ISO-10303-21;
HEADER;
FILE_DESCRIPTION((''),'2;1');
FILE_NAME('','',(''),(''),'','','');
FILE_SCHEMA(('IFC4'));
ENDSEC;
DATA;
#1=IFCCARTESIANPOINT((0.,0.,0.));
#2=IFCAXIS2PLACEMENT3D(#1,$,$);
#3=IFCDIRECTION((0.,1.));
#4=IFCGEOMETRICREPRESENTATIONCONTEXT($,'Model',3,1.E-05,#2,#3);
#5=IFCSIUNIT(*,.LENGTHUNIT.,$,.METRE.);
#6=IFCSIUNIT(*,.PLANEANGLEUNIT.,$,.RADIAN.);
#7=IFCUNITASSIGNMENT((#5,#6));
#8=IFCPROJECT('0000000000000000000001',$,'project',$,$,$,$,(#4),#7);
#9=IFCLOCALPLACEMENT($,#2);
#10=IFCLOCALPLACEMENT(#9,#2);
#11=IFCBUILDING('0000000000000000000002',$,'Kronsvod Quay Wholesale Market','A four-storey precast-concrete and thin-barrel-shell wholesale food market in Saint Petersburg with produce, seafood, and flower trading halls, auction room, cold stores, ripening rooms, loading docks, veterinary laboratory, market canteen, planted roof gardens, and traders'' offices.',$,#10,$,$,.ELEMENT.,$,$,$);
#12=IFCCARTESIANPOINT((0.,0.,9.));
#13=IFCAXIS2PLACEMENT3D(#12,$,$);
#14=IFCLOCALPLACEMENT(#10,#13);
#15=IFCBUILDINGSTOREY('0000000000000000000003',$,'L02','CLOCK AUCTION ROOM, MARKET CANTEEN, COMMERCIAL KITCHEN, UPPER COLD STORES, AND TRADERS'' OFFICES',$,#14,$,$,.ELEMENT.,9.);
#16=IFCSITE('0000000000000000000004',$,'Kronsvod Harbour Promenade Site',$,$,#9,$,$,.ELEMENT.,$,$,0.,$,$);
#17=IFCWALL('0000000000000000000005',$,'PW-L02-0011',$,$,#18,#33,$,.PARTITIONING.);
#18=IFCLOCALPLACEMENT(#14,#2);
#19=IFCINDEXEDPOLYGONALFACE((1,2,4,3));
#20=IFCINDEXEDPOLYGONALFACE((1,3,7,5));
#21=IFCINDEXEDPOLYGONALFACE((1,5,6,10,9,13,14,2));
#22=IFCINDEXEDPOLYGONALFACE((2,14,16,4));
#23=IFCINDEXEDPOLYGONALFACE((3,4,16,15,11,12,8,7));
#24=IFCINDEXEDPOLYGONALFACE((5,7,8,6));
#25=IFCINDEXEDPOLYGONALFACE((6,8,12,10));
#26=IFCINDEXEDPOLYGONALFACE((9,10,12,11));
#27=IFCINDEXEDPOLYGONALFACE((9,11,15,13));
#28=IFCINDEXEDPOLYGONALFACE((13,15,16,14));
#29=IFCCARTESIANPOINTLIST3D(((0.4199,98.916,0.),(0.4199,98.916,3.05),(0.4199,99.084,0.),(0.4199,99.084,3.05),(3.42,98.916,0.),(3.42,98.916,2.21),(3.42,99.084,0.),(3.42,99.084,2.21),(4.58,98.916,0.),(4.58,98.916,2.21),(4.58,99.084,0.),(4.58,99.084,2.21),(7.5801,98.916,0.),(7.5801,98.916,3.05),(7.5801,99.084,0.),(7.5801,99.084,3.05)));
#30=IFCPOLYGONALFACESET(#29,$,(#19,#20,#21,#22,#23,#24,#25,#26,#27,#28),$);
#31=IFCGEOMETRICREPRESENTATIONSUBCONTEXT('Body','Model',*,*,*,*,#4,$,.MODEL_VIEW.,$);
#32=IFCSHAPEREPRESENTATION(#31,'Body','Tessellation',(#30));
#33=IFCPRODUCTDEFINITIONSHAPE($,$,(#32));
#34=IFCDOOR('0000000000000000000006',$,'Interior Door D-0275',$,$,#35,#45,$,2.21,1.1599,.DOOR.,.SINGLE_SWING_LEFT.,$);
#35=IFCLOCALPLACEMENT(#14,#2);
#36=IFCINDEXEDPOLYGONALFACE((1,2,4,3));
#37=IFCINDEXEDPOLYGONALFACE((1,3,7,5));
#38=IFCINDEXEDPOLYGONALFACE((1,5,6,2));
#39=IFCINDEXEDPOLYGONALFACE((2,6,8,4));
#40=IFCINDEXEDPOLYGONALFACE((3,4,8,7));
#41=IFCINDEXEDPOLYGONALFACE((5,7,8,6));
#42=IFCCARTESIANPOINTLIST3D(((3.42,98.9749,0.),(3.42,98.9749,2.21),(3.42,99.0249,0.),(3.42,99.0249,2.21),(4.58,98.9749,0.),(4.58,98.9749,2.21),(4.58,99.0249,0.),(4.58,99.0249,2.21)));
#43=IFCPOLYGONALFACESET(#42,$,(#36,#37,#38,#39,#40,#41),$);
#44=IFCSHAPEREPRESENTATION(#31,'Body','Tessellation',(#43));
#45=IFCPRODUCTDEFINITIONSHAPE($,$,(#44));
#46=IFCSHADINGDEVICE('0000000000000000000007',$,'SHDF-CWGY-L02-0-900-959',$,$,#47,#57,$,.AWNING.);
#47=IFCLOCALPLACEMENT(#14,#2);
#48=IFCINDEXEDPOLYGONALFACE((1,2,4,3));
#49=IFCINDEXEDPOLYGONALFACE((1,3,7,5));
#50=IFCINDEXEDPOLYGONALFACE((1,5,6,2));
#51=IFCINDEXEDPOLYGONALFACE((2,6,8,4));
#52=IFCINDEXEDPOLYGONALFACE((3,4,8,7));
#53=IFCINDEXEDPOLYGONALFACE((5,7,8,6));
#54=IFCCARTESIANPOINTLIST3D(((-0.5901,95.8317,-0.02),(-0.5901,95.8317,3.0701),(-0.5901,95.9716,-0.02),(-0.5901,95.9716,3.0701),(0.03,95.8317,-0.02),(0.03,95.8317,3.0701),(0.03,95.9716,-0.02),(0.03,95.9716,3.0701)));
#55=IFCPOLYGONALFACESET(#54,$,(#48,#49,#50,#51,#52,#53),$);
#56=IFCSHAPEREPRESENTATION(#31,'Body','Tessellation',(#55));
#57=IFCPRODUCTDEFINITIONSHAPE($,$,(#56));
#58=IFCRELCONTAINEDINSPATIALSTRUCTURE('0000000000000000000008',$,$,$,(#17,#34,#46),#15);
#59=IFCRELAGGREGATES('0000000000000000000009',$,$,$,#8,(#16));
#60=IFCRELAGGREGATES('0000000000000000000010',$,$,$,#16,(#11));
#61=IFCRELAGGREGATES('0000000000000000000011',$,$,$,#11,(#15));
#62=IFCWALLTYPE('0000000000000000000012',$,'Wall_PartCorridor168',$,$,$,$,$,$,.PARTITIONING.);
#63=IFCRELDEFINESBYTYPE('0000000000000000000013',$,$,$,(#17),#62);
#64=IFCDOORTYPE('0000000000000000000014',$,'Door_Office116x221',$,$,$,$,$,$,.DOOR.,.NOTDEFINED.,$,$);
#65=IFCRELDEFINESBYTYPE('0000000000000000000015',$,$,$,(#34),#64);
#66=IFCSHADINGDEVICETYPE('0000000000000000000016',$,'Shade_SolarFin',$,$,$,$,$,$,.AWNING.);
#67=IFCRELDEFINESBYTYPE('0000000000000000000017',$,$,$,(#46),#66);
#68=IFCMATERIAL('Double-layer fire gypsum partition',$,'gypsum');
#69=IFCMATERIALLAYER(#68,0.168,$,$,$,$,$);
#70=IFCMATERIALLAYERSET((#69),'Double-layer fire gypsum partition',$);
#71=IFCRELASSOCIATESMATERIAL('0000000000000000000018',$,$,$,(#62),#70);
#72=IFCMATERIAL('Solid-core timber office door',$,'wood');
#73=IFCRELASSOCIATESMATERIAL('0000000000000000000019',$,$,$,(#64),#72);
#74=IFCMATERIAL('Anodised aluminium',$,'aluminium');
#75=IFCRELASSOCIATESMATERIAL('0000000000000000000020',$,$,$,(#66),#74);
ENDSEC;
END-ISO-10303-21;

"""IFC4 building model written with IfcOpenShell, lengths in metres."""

from ifc_helpers import new_model, si_unit, direction, frame, frame_2d, origin, origin_2d, place, context, subcontext, project, spatial, rectangle, extrude, material, layer, layer_set, type_object, element, fill, save


model = new_model("IFC4")

# Units and contexts
model_context = context("Model", 3, precision=1e-05, world=origin(), true_north=direction((0.0, 1.0)))
body_context = subcontext(model_context, "Body", "Model", "MODEL_VIEW")
ifc_project = project(units=[si_unit("LENGTHUNIT", "METRE"), si_unit("PLANEANGLEUNIT", "RADIAN")], contexts=[model_context])

# Site, building, storey
site_placement = place(None, origin())
site = spatial("IfcSite", under=ifc_project, at=site_placement, Name="Kronsvod Harbour Promenade Site", CompositionType="ELEMENT", RefElevation=0.0)
building_placement = place(site_placement, origin())
building = spatial("IfcBuilding", under=site, at=building_placement, Name="Kronsvod Quay Wholesale Market", Description="A four-storey precast-concrete and thin-barrel-shell wholesale food market in Saint Petersburg with produce, seafood, and flower trading halls, auction room, cold stores, ripening rooms, loading docks, veterinary laboratory, market canteen, planted roof gardens, and traders' offices.", CompositionType="ELEMENT")
storey_placement = place(building_placement, frame((0.0, 0.0, 9.0)))
storey = spatial("IfcBuildingStorey", under=building, at=storey_placement, Name="L02", Description="CLOCK AUCTION ROOM, MARKET CANTEEN, COMMERCIAL KITCHEN, UPPER COLD STORES, AND TRADERS' OFFICES", CompositionType="ELEMENT", Elevation=9.0)

# Wall, opening, door
ifc_material_1 = material(Name="Double-layer fire gypsum partition", Category="gypsum")
ifc_layer_1 = layer(ifc_material_1, 0.168)
ifc_layer_set_1 = layer_set([ifc_layer_1], Name="Double-layer fire gypsum partition")
wall_type_1 = type_object("IfcWallType", Name="Wall_PartCorridor168", PredefinedType="PARTITIONING", material=ifc_layer_set_1)
wall_1_placement = place(storey_placement, frame((0.4199, 99.0, 0.0), z_axis=(0.0, 0.0, 1.0), x_axis=(1.0, 0.0, 0.0)))
wall_1 = element("IfcWall", 1, at=wall_1_placement, inside=storey, type_object=wall_type_1, Name="PW-L02-0011", PredefinedType="PARTITIONING", context=body_context, shape_type="SweptSolid", body=[
    extrude(rectangle(XDim=7.1602, YDim=0.168, at=frame_2d((3.5801, 0.0))), origin(), (0.0, 0.0, 1.0), 3.05),
])
opening_1_placement = place(wall_1_placement, frame((3.0, 0.0, 0.0)))
opening_1 = element("IfcOpeningElement", 2, at=opening_1_placement, cuts=wall_1, PredefinedType="OPENING", context=body_context, shape_type="SweptSolid", body=[
    extrude(rectangle(XDim=1.1599, YDim=2.21, at=frame_2d((0.5801, 1.105))), frame((0.0, 0.094, 0.0), z_axis=(0.0, -1.0, 0.0), x_axis=(1.0, 0.0, 0.0)), (0.0, 0.0, 1.0), 0.188),
])
ifc_material_2 = material(Name="Solid-core timber office door", Category="wood")
door_type = type_object("IfcDoorType", Name="Door_Office116x221", OperationType="NOTDEFINED", PredefinedType="DOOR", material=ifc_material_2)
door_placement = place(opening_1_placement, origin())
door = element("IfcDoor", 3, at=door_placement, inside=storey, type_object=door_type, Name="Interior Door D-0275", OperationType="SINGLE_SWING_LEFT", OverallHeight=2.21, OverallWidth=1.1599, PredefinedType="DOOR", context=body_context, shape_type="SweptSolid", body=[
    extrude(rectangle(XDim=1.1599, YDim=2.21, at=frame_2d((0.5801, 1.105))), frame((0.0, 0.0249, 0.0), z_axis=(0.0, -1.0, 0.0), x_axis=(1.0, 0.0, 0.0)), (0.0, 0.0, 1.0), 0.05),
])
fill(opening_1, door)

# Shading device
ifc_material_3 = material(Name="Anodised aluminium", Category="aluminium")
shading_device_type = type_object("IfcShadingDeviceType", Name="Shade_SolarFin", PredefinedType="AWNING", material=ifc_material_3)
shading_device_placement = place(storey_placement, frame((-0.28, 95.9016, -0.02), z_axis=(0.0, 0.0, 1.0), x_axis=(1.0, 0.0, 0.0)))
element("IfcShadingDevice", 4, at=shading_device_placement, inside=storey, type_object=shading_device_type, Name="SHDF-CWGY-L02-0-900-959", PredefinedType="AWNING", context=body_context, shape_type="SweptSolid", body=[
    extrude(rectangle(XDim=0.6201, YDim=0.1399, at=origin_2d()), origin(), (0.0, 0.0, 1.0), 3.0901),
])

save(model, "model.ifc")
